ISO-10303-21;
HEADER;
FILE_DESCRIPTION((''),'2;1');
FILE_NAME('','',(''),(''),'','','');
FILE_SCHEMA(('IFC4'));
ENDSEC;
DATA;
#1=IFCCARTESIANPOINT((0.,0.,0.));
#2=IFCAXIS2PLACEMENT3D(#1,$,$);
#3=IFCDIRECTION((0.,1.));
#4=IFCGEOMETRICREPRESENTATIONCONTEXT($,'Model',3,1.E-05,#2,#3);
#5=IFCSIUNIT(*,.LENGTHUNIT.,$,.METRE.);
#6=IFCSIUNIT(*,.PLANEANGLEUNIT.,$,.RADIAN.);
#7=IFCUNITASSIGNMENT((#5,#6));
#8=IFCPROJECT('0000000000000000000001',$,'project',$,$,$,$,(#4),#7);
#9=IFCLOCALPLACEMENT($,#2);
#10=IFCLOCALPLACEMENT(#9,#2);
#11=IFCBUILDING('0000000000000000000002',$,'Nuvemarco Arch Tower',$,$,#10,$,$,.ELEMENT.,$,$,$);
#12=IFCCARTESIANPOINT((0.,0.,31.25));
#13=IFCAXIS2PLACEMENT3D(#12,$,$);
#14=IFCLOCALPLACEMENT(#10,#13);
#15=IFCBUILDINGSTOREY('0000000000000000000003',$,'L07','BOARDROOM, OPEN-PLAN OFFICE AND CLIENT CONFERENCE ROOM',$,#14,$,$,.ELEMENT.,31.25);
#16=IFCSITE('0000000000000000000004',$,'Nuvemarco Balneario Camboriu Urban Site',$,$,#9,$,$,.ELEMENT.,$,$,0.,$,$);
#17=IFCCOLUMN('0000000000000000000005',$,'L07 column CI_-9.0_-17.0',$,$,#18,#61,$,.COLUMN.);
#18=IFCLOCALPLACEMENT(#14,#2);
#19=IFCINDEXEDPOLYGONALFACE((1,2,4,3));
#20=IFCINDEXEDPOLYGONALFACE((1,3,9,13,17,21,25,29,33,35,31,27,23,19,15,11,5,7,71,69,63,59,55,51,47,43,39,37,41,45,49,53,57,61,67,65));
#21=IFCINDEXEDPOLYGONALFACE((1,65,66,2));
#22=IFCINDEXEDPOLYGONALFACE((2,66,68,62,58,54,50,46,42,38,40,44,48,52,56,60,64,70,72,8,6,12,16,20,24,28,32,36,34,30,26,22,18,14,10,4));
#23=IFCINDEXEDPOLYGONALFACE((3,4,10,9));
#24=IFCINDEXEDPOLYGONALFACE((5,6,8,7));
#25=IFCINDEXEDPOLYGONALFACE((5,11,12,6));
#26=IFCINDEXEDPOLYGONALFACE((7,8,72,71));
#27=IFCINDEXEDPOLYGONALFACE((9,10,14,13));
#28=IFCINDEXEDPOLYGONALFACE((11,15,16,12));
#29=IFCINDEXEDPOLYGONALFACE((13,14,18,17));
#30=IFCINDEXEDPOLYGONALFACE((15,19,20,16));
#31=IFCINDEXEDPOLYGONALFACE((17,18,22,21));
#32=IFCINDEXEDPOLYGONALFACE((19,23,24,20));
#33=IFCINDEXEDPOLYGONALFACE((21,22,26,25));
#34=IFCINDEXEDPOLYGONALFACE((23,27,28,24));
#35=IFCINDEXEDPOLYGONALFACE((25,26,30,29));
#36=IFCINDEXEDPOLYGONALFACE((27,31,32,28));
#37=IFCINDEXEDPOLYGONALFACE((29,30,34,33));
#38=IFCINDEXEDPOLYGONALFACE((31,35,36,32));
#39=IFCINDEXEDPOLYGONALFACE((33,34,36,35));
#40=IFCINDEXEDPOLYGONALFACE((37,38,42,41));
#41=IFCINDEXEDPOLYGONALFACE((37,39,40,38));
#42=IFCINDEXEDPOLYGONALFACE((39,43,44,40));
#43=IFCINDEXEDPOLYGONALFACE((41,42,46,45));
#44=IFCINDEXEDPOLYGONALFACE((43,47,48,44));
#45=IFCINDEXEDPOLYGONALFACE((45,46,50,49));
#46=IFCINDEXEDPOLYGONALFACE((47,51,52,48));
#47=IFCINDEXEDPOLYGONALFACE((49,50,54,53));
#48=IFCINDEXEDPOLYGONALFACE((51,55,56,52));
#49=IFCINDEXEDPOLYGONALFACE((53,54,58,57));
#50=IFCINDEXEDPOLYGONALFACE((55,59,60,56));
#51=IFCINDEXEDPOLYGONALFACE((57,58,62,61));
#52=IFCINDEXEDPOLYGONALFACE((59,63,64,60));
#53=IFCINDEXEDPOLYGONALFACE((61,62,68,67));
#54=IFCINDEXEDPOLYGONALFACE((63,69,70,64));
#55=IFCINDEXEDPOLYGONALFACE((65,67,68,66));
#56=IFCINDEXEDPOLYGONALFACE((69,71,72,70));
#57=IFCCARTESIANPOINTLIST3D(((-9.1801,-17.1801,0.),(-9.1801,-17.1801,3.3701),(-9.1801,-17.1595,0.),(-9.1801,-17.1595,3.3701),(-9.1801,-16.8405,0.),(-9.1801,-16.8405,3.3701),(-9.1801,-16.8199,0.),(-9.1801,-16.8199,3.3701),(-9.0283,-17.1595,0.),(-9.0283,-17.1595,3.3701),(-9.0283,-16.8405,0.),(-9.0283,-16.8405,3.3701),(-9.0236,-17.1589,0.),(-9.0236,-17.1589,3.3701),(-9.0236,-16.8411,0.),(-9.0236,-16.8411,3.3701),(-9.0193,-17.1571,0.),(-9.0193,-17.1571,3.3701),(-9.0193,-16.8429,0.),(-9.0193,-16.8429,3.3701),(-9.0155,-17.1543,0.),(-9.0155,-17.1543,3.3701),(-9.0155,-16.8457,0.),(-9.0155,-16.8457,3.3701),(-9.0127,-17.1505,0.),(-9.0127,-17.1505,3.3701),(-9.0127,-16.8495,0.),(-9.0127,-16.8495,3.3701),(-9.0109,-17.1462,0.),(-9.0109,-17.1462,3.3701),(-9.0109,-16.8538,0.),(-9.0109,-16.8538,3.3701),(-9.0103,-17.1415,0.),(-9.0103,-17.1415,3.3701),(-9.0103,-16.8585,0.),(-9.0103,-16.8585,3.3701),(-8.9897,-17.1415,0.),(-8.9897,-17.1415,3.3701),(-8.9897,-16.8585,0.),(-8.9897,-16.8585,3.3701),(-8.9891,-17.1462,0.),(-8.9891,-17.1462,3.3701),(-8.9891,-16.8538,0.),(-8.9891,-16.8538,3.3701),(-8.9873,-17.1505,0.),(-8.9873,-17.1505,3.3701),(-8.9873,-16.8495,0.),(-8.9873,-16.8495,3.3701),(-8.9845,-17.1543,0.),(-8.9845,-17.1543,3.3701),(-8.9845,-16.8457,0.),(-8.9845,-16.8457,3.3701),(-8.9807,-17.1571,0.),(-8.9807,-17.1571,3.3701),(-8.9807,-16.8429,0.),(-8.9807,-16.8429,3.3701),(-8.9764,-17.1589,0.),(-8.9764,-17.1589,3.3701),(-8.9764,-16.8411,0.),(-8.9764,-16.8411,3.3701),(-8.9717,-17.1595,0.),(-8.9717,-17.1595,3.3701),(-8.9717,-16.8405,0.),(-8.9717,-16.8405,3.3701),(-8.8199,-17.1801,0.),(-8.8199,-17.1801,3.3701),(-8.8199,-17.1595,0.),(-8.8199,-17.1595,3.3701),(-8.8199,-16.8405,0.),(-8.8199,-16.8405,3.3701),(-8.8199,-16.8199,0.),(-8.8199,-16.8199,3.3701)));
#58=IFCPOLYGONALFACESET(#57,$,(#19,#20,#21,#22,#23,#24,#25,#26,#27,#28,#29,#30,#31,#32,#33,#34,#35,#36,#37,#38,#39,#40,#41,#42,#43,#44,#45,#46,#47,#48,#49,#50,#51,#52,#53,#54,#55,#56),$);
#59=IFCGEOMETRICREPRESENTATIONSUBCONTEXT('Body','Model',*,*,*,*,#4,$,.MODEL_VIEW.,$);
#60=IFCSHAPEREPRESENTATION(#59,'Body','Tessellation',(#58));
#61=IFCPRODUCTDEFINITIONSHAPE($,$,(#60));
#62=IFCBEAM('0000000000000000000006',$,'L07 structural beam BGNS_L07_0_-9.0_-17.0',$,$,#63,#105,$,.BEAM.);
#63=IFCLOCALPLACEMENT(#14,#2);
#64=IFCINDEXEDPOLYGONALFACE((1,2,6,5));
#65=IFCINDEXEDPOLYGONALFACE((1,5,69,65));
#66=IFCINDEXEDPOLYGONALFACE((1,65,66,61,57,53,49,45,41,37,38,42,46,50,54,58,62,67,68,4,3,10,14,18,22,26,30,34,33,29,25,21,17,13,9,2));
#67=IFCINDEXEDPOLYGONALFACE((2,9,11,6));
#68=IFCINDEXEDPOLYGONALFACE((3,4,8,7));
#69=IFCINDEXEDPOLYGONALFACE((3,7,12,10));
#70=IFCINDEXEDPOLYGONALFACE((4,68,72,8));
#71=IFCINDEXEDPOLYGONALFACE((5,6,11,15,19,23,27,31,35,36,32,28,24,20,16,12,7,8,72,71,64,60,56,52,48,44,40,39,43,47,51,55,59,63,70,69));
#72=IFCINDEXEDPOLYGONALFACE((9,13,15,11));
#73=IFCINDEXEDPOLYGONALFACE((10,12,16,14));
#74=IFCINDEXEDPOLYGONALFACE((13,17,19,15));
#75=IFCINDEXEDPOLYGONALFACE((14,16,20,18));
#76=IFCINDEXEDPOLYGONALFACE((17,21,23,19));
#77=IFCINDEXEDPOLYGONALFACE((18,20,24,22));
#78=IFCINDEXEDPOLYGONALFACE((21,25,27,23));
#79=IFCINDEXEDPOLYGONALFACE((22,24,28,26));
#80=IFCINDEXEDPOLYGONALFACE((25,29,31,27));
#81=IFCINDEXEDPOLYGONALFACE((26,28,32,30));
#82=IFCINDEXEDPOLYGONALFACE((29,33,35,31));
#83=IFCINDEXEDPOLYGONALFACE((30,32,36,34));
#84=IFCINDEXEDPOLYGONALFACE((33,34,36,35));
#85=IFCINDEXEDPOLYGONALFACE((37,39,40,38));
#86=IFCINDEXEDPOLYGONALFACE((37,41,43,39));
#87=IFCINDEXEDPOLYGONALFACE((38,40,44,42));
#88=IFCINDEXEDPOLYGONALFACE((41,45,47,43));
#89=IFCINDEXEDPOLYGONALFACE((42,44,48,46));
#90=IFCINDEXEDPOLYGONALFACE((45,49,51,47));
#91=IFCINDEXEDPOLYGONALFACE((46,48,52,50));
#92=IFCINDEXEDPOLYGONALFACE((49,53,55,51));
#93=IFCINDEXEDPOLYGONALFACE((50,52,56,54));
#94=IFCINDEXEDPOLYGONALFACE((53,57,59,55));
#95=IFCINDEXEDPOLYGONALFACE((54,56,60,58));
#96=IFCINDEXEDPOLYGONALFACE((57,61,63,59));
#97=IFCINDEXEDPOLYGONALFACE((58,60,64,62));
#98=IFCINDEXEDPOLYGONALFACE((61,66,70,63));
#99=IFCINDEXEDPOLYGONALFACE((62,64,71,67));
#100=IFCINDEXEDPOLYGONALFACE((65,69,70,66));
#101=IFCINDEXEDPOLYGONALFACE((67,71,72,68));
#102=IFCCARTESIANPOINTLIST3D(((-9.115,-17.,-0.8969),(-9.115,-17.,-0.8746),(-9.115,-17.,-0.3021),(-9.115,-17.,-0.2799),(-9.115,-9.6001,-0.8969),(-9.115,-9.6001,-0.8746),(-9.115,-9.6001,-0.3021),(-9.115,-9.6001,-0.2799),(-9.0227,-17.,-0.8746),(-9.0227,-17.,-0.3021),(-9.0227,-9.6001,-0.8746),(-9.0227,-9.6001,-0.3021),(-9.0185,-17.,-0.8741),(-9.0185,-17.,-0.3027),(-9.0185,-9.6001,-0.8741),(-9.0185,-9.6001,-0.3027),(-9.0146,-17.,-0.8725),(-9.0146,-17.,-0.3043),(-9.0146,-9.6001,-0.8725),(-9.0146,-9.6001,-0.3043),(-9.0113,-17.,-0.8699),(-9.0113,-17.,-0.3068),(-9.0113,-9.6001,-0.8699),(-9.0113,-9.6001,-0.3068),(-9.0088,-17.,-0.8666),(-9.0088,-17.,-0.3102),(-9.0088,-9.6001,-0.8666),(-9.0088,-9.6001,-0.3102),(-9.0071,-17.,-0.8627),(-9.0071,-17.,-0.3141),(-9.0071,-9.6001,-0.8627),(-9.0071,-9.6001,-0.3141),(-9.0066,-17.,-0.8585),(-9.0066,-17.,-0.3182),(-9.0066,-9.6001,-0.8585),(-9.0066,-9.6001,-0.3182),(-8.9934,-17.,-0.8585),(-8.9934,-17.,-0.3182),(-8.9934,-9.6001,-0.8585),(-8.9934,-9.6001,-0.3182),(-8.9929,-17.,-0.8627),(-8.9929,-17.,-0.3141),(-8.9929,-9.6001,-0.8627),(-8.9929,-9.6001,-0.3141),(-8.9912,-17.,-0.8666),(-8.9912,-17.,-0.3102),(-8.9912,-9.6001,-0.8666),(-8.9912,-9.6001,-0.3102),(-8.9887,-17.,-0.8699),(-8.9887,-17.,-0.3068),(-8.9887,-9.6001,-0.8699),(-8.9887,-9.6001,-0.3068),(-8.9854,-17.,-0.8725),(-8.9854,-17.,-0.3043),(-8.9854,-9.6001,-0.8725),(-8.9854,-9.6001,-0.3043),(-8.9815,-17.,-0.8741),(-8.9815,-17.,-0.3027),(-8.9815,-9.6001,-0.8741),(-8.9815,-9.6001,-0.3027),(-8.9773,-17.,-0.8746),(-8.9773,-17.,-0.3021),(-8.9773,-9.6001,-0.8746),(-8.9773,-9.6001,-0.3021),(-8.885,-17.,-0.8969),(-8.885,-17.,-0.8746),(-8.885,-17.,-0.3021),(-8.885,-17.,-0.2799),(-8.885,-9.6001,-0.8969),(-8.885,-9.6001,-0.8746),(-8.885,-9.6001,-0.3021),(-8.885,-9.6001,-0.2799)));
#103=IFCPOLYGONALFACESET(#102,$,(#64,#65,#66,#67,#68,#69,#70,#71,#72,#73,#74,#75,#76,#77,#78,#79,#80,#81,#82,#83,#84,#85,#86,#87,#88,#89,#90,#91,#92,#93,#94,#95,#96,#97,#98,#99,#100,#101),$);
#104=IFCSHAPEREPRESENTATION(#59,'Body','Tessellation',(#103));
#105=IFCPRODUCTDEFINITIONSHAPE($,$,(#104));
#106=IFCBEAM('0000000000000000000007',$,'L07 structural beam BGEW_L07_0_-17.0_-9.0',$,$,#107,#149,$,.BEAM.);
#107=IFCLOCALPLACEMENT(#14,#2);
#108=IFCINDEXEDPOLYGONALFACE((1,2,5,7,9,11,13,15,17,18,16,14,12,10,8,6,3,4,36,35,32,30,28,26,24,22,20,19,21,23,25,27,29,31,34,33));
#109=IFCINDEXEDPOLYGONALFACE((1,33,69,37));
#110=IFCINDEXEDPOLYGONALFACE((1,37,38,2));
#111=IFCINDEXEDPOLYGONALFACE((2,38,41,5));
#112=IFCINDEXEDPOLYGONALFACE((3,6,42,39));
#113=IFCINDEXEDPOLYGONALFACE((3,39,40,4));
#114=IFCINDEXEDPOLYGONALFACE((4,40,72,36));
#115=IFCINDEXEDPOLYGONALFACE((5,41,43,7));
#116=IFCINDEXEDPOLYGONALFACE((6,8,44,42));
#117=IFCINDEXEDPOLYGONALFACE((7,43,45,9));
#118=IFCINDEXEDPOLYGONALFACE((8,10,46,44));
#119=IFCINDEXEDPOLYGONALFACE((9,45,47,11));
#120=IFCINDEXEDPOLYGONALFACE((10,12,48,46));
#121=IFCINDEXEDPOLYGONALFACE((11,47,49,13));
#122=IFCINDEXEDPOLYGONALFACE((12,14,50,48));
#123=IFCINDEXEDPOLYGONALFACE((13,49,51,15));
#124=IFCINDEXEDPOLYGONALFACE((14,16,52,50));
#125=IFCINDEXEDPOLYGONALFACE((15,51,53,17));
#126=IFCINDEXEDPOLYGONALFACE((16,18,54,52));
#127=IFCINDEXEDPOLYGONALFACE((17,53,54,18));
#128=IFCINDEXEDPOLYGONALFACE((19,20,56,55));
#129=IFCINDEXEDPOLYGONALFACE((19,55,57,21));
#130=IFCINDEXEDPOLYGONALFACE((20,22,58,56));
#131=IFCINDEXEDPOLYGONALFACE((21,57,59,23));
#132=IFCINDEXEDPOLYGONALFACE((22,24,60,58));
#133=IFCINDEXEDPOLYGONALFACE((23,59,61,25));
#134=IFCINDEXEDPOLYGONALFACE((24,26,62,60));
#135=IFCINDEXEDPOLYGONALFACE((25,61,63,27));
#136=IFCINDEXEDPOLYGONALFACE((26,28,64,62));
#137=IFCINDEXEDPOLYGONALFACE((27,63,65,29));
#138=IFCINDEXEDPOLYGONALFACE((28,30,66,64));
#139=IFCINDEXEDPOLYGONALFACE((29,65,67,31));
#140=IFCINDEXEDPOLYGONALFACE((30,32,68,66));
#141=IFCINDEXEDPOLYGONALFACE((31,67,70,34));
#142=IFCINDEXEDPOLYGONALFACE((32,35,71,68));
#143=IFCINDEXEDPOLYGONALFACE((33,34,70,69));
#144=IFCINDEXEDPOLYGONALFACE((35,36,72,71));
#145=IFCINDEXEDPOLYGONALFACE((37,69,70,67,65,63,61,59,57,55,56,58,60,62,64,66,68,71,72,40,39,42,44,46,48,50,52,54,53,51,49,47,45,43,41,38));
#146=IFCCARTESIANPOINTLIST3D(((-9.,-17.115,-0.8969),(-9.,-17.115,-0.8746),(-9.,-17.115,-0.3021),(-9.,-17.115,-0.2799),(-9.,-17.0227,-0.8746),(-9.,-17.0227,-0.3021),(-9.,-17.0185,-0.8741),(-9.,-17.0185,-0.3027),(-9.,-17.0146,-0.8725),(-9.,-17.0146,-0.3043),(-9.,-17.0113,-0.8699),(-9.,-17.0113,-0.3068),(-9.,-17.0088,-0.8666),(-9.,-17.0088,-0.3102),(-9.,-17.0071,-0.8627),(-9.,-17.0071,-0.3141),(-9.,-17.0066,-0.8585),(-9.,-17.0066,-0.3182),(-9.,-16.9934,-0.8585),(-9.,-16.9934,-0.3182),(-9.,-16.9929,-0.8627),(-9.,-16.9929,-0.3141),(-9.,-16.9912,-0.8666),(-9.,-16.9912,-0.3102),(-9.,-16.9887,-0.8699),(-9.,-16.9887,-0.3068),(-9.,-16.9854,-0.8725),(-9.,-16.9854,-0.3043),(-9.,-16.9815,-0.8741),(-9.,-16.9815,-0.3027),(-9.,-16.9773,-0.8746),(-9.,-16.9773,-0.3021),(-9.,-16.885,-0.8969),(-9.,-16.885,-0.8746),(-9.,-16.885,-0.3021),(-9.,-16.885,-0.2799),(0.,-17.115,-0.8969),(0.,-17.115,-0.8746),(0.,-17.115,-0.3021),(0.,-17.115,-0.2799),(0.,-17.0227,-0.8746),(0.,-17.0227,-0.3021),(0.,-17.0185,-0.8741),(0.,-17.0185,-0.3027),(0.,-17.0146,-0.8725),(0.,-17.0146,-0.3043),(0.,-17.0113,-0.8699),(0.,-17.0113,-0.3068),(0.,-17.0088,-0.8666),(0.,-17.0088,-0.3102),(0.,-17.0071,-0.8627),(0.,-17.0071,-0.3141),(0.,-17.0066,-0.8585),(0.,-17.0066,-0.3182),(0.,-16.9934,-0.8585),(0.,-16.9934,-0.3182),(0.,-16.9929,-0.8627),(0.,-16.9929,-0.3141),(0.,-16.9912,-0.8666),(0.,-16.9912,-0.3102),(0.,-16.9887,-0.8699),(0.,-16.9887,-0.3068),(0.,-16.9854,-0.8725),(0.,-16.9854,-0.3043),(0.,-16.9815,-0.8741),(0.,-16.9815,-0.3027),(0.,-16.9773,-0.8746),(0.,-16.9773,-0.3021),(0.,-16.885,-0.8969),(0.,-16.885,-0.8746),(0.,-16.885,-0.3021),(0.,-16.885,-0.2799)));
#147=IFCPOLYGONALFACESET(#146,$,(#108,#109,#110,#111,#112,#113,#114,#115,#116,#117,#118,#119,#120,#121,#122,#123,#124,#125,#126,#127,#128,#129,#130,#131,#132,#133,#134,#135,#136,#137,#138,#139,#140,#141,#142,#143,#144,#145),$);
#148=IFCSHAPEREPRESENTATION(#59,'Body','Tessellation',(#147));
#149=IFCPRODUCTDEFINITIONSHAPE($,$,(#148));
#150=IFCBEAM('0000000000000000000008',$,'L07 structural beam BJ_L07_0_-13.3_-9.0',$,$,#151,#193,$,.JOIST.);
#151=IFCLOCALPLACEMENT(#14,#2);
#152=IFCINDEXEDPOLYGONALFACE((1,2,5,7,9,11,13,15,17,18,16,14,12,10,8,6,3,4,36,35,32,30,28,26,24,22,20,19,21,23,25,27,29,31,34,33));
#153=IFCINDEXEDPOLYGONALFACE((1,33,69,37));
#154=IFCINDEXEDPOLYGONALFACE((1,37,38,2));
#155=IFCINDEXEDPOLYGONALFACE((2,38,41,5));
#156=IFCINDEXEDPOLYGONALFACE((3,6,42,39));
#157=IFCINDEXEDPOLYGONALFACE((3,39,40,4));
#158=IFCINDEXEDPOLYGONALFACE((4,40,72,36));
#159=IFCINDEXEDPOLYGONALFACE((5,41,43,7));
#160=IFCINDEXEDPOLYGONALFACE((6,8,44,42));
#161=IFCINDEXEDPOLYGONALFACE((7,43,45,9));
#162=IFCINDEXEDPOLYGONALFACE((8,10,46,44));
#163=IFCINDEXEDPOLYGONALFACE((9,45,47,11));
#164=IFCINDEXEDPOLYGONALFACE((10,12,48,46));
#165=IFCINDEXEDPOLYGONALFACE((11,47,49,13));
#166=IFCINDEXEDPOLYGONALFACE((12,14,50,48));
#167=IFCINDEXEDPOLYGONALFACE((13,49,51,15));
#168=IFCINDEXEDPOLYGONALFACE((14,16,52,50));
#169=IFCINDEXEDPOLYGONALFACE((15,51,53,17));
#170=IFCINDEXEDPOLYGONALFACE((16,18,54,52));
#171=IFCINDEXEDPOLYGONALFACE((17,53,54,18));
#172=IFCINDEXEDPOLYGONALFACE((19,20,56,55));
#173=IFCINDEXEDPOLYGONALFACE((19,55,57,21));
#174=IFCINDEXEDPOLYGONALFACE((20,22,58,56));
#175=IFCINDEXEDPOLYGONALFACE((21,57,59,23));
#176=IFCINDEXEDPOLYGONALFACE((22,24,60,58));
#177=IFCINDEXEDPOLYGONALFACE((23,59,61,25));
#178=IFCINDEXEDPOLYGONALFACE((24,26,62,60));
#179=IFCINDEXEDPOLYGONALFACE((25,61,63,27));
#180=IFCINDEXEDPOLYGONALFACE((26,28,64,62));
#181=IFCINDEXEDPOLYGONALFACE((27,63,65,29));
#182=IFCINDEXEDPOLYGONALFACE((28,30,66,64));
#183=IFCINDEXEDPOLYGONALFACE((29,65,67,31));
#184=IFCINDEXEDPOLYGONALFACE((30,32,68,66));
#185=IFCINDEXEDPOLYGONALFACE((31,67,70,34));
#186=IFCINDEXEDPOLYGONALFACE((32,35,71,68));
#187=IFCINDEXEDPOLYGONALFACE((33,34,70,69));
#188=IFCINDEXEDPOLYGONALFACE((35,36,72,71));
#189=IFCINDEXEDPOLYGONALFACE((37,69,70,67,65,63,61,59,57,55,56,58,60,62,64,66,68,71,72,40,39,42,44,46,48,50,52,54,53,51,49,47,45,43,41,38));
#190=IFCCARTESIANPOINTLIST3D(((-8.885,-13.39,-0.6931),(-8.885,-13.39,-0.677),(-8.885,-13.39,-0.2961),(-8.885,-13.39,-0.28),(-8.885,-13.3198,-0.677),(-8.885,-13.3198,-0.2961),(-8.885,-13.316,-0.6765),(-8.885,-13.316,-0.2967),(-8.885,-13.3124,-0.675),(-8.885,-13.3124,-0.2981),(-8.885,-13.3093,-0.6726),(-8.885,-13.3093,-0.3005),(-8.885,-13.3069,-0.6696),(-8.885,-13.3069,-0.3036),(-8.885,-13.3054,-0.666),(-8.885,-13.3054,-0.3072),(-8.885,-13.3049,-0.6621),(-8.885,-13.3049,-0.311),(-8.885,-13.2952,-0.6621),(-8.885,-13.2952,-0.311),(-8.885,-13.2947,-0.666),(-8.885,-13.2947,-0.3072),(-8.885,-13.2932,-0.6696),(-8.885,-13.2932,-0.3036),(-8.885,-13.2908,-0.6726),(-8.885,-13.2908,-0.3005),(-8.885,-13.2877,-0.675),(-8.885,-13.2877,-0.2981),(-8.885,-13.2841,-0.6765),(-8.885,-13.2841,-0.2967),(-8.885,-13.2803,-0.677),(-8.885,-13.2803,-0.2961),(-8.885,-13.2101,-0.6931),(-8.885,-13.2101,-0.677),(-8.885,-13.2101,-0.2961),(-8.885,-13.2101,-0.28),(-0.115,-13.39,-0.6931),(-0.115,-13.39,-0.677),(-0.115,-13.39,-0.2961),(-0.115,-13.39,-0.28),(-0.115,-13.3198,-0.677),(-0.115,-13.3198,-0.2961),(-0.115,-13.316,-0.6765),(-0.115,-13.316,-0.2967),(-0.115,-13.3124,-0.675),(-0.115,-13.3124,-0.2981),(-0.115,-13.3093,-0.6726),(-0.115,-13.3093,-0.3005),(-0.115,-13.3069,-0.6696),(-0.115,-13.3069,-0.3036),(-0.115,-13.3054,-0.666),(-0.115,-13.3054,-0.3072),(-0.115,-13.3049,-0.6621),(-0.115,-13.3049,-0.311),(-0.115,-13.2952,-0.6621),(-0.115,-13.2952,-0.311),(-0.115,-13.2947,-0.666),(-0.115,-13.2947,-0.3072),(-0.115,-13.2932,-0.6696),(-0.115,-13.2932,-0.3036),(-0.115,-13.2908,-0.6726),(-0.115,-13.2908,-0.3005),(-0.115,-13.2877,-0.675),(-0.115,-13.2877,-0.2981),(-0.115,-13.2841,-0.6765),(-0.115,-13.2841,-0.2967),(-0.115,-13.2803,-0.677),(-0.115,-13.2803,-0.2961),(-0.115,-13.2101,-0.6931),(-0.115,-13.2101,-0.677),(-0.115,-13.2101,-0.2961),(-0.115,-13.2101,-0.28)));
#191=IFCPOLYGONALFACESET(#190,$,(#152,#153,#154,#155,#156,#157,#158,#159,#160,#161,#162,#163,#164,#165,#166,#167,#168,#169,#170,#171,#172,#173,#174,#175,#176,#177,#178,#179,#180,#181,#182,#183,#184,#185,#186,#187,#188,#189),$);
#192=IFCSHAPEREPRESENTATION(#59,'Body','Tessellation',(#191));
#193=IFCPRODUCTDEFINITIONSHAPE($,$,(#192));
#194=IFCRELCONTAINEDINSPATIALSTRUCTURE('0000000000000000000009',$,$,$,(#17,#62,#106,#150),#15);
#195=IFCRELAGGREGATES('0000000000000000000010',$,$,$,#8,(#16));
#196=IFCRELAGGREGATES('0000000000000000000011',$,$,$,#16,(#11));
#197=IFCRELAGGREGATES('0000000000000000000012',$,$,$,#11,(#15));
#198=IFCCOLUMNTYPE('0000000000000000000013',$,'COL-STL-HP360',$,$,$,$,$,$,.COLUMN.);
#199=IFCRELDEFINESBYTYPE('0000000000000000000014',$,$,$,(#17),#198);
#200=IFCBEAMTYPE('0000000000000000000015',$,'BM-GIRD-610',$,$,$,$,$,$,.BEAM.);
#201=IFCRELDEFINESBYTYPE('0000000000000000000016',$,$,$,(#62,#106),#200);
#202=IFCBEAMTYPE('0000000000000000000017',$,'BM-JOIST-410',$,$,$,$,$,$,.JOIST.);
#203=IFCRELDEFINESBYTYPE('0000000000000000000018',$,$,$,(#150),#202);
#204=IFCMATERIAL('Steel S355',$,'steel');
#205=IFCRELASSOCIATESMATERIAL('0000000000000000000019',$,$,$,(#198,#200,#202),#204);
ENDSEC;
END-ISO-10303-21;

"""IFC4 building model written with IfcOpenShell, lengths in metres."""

from ifc_helpers import new_model, si_unit, direction, frame, origin, origin_2d, place, context, subcontext, project, spatial, i_section, extrude, material, material_profile, profile_set, type_object, element, save


model = new_model("IFC4")

# Units and contexts
model_context = context("Model", 3, precision=1e-05, world=origin(), true_north=direction((0.0, 1.0)))
body_context = subcontext(model_context, "Body", "Model", "MODEL_VIEW")
ifc_project = project(units=[si_unit("LENGTHUNIT", "METRE"), si_unit("PLANEANGLEUNIT", "RADIAN")], contexts=[model_context])

# Site, building, storey
site_placement = place(None, origin())
site = spatial("IfcSite", under=ifc_project, at=site_placement, Name="Nuvemarco Balneario Camboriu Urban Site", CompositionType="ELEMENT", RefElevation=0.0)
building_placement = place(site_placement, origin())
building = spatial("IfcBuilding", under=site, at=building_placement, Name="Nuvemarco Arch Tower", CompositionType="ELEMENT")
storey_placement = place(building_placement, frame((0.0, 0.0, 31.25)))
storey = spatial("IfcBuildingStorey", under=building, at=storey_placement, Name="L07", Description="BOARDROOM, OPEN-PLAN OFFICE AND CLIENT CONFERENCE ROOM", CompositionType="ELEMENT", Elevation=31.25)

# Column
ifc_material_1 = material(Name="Steel S355", Category="steel")
ifc_material_profile_1 = material_profile(ifc_material_1, i_section(OverallWidth=0.3601, OverallDepth=0.3601, WebThickness=0.0205, FlangeThickness=0.0205, FilletRadius=0.0181, at=origin_2d()), Name="HP360x174")
ifc_profile_set_1 = profile_set([ifc_material_profile_1], Name="Steel S355")
column_type = type_object("IfcColumnType", Name="COL-STL-HP360", PredefinedType="COLUMN", material=ifc_profile_set_1)
column_placement = place(storey_placement, frame((-9.0, -17.0, 0.0), z_axis=(0.0, 0.0, 1.0), x_axis=(1.0, 0.0, 0.0)))
element("IfcColumn", 1, at=column_placement, inside=storey, type_object=column_type, Name="L07 column CI_-9.0_-17.0", PredefinedType="COLUMN", context=body_context, shape_type="SweptSolid", body=[
    extrude(i_section(OverallWidth=0.3601, OverallDepth=0.3601, WebThickness=0.0205, FlangeThickness=0.0205, FilletRadius=0.0181, at=origin_2d()), origin(), (0.0, 0.0, 1.0), 3.3701),
])

# Beams
ifc_material_profile_2 = material_profile(ifc_material_1, i_section(OverallWidth=0.23, OverallDepth=0.6169, WebThickness=0.0132, FlangeThickness=0.0222, FilletRadius=0.0161, at=origin_2d()), Name="W610x140")
ifc_profile_set_2 = profile_set([ifc_material_profile_2], Name="Steel S355")
beam_type_1 = type_object("IfcBeamType", Name="BM-GIRD-610", PredefinedType="BEAM", material=ifc_profile_set_2)
beam_1_placement = place(storey_placement, frame((-9.0, -17.0, -0.5884), z_axis=(0.0, 1.0, 0.0), x_axis=(-1.0, 0.0, 0.0)))
element("IfcBeam", 2, at=beam_1_placement, inside=storey, type_object=beam_type_1, Name="L07 structural beam BGNS_L07_0_-9.0_-17.0", PredefinedType="BEAM", context=body_context, shape_type="SweptSolid", body=[
    extrude(i_section(OverallWidth=0.23, OverallDepth=0.6169, WebThickness=0.0132, FlangeThickness=0.0222, FilletRadius=0.0161, at=origin_2d()), origin(), (0.0, 0.0, 1.0), 7.3999),
])
beam_2_placement = place(storey_placement, frame((-9.0, -17.0, -0.5884), z_axis=(1.0, 0.0, 0.0), x_axis=(0.0, 1.0, 0.0)))
element("IfcBeam", 3, at=beam_2_placement, inside=storey, type_object=beam_type_1, Name="L07 structural beam BGEW_L07_0_-17.0_-9.0", PredefinedType="BEAM", context=body_context, shape_type="SweptSolid", body=[
    extrude(i_section(OverallWidth=0.23, OverallDepth=0.6169, WebThickness=0.0132, FlangeThickness=0.0222, FilletRadius=0.0161, at=origin_2d()), origin(), (0.0, 0.0, 1.0), 9.0),
])
ifc_material_profile_3 = material_profile(ifc_material_1, i_section(OverallWidth=0.1799, OverallDepth=0.4131, WebThickness=0.0098, FlangeThickness=0.0161, FilletRadius=0.0149, at=origin_2d()), Name="W410x75")
ifc_profile_set_3 = profile_set([ifc_material_profile_3], Name="Steel S355")
beam_type_2 = type_object("IfcBeamType", Name="BM-JOIST-410", PredefinedType="JOIST", material=ifc_profile_set_3)
beam_3_placement = place(storey_placement, frame((-8.885, -13.3, -0.4866), z_axis=(1.0, 0.0, 0.0), x_axis=(0.0, 1.0, 0.0)))
element("IfcBeam", 4, at=beam_3_placement, inside=storey, type_object=beam_type_2, Name="L07 structural beam BJ_L07_0_-13.3_-9.0", PredefinedType="JOIST", context=body_context, shape_type="SweptSolid", body=[
    extrude(i_section(OverallWidth=0.1799, OverallDepth=0.4131, WebThickness=0.0098, FlangeThickness=0.0161, FilletRadius=0.0149, at=origin_2d()), origin(), (0.0, 0.0, 1.0), 8.77),
])

save(model, "model.ifc")
